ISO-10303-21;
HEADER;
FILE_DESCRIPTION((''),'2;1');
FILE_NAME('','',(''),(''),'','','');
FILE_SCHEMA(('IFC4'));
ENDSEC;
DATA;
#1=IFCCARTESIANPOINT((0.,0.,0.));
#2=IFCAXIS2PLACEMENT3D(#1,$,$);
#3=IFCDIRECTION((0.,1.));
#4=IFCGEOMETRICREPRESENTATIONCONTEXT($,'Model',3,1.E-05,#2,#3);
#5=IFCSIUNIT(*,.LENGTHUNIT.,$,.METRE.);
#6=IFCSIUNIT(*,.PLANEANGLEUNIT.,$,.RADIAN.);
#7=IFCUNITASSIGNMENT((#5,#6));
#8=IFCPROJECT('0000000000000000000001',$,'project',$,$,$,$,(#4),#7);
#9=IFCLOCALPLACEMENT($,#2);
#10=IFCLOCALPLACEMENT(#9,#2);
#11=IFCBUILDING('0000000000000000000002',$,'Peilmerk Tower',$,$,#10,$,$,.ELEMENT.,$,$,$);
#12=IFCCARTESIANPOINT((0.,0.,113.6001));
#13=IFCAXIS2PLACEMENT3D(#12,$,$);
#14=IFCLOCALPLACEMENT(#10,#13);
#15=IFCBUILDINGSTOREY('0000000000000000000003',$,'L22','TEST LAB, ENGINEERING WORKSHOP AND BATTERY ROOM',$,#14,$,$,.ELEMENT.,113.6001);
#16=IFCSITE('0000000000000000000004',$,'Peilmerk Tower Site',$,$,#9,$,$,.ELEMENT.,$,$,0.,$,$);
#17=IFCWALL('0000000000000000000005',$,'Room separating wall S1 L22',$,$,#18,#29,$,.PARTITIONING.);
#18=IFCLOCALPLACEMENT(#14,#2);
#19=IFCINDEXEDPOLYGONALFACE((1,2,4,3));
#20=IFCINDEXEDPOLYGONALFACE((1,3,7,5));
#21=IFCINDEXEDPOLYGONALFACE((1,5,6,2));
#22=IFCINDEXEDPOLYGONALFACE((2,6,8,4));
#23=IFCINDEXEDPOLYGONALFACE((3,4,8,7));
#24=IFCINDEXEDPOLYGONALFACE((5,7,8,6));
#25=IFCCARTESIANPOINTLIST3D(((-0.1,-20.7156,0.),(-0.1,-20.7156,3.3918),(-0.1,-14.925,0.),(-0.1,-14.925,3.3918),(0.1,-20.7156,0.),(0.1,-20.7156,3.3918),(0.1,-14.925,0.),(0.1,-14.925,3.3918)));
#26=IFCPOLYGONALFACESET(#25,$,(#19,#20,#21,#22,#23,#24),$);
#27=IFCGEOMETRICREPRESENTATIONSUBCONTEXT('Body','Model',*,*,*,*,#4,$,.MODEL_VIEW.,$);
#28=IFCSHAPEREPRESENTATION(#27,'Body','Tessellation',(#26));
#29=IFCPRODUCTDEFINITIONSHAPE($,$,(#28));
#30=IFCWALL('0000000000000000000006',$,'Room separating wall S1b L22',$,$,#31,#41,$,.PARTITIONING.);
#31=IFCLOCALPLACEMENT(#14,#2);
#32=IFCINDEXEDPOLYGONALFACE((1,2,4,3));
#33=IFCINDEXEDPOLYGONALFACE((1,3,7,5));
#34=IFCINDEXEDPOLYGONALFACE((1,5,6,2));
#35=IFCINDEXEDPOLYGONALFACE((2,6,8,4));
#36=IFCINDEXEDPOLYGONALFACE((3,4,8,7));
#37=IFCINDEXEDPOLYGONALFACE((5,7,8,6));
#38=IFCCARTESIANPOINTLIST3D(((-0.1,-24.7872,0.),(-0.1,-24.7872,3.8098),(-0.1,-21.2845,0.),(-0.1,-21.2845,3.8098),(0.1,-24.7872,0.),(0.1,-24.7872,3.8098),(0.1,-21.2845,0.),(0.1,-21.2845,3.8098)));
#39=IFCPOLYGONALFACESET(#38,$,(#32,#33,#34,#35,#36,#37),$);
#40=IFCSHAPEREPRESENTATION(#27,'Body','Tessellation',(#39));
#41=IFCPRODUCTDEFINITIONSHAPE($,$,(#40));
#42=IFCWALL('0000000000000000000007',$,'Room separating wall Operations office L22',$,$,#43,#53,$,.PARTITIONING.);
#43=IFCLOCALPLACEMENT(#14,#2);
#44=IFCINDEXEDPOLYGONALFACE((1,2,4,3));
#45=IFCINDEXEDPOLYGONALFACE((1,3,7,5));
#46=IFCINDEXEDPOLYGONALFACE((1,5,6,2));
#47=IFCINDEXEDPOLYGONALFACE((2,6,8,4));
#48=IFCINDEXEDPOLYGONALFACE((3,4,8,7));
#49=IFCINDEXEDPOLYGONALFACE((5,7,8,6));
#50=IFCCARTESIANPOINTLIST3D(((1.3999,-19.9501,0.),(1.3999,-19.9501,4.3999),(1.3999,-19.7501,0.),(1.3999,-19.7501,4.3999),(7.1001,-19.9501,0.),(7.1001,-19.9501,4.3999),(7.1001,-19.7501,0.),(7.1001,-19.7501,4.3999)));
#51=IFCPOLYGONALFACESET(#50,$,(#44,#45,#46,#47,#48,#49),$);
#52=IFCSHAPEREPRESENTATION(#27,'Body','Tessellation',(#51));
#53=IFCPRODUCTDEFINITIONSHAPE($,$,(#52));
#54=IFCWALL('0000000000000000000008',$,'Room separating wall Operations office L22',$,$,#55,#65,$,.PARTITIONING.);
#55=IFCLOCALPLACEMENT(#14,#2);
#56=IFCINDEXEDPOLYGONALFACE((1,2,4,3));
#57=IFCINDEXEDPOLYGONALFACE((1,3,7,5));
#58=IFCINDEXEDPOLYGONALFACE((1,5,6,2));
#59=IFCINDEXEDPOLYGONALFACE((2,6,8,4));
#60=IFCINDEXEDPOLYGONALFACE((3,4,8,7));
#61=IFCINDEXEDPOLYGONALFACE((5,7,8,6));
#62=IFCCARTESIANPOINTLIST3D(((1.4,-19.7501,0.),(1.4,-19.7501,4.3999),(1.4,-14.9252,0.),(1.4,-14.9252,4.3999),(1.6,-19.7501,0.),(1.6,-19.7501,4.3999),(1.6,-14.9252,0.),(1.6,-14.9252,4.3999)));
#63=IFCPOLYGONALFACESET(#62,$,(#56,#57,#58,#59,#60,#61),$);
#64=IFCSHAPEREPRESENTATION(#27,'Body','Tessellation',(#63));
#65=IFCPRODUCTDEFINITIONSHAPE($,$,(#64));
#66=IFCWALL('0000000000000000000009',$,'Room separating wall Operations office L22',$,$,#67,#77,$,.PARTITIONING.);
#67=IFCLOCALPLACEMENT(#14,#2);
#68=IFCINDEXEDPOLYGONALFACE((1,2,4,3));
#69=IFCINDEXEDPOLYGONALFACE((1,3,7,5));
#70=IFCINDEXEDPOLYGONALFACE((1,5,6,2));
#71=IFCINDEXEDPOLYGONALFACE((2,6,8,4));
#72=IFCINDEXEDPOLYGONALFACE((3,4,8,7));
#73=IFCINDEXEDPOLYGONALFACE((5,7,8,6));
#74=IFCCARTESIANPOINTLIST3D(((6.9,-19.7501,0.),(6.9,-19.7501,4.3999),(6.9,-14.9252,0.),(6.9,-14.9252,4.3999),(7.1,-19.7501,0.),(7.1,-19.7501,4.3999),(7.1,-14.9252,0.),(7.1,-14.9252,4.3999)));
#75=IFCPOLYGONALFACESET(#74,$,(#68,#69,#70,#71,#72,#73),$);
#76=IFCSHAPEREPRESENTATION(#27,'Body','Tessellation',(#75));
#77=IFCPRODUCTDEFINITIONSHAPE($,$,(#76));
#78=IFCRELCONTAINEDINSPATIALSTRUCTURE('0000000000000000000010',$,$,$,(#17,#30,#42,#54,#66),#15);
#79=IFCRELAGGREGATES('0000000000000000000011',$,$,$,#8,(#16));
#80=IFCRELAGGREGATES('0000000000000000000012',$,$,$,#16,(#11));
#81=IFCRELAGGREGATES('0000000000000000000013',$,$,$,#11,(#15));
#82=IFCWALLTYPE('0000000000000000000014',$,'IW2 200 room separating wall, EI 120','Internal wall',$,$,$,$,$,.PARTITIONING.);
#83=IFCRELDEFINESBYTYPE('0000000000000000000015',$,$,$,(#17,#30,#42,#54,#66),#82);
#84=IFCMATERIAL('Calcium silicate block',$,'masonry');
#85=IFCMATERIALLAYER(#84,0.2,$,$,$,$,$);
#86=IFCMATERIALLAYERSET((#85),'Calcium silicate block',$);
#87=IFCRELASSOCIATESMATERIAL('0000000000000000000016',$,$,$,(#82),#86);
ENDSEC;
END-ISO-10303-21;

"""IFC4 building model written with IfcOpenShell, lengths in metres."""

from ifc_helpers import new_model, si_unit, direction, frame, frame_2d, origin, place, context, subcontext, project, spatial, rectangle, extrude, material, layer, layer_set, type_object, element, save


model = new_model("IFC4")

# Units and contexts
model_context = context("Model", 3, precision=1e-05, world=origin(), true_north=direction((0.0, 1.0)))
body_context = subcontext(model_context, "Body", "Model", "MODEL_VIEW")
ifc_project = project(units=[si_unit("LENGTHUNIT", "METRE"), si_unit("PLANEANGLEUNIT", "RADIAN")], contexts=[model_context])

# Site, building, storey
site_placement = place(None, origin())
site = spatial("IfcSite", under=ifc_project, at=site_placement, Name="Peilmerk Tower Site", CompositionType="ELEMENT", RefElevation=0.0)
building_placement = place(site_placement, origin())
building = spatial("IfcBuilding", under=site, at=building_placement, Name="Peilmerk Tower", CompositionType="ELEMENT")
storey_placement = place(building_placement, frame((0.0, 0.0, 113.6001)))
storey = spatial("IfcBuildingStorey", under=building, at=storey_placement, Name="L22", Description="TEST LAB, ENGINEERING WORKSHOP AND BATTERY ROOM", CompositionType="ELEMENT", Elevation=113.6001)

# Walls
ifc_material_1 = material(Name="Calcium silicate block", Category="masonry")
ifc_layer = layer(ifc_material_1, 0.2)
ifc_layer_set = layer_set([ifc_layer], Name="Calcium silicate block")
wall_type = type_object("IfcWallType", Name="IW2 200 room separating wall, EI 120", Description="Internal wall", PredefinedType="PARTITIONING", material=ifc_layer_set)
wall_1_placement = place(storey_placement, frame((0.0, -14.925, 0.0), z_axis=(0.0, 0.0, 1.0), x_axis=(0.0, -1.0, 0.0)))
element("IfcWall", 1, at=wall_1_placement, inside=storey, type_object=wall_type, Name="Room separating wall S1 L22", PredefinedType="PARTITIONING", context=body_context, shape_type="SweptSolid", body=[
    extrude(rectangle(XDim=5.7905, YDim=0.2, at=frame_2d((2.8953, 0.0))), origin(), (0.0, 0.0, 1.0), 3.3918),
])
wall_2_placement = place(storey_placement, frame((0.0, -21.2844, 0.0), z_axis=(0.0, 0.0, 1.0), x_axis=(0.0, -1.0, 0.0)))
element("IfcWall", 2, at=wall_2_placement, inside=storey, type_object=wall_type, Name="Room separating wall S1b L22", PredefinedType="PARTITIONING", context=body_context, shape_type="SweptSolid", body=[
    extrude(rectangle(XDim=3.5027, YDim=0.2, at=frame_2d((1.7515, 0.0))), origin(), (0.0, 0.0, 1.0), 3.8098),
])
wall_3_placement = place(storey_placement, frame((1.3999, -19.8501, 0.0), z_axis=(0.0, 0.0, 1.0), x_axis=(1.0, 0.0, 0.0)))
element("IfcWall", 3, at=wall_3_placement, inside=storey, type_object=wall_type, Name="Room separating wall Operations office L22", PredefinedType="PARTITIONING", context=body_context, shape_type="SweptSolid", body=[
    extrude(rectangle(XDim=5.7002, YDim=0.2, at=frame_2d((2.8501, 0.0))), origin(), (0.0, 0.0, 1.0), 4.3999),
])
for number, where, z_axis, x_axis, name in (
    (4, (1.5, -14.925, 0.0), (0.0, 0.0, 1.0), (0.0, -1.0, 0.0), "Room separating wall Operations office L22"),
    (5, (7.0, -14.925, 0.0), (0.0, 0.0, 1.0), (0.0, -1.0, 0.0), "Room separating wall Operations office L22"),
):
    element("IfcWall", number, at=place(storey_placement, frame(where, z_axis=z_axis, x_axis=x_axis)), inside=storey, type_object=wall_type, Name=name, PredefinedType="PARTITIONING", context=body_context, shape_type="SweptSolid", body=[
        extrude(rectangle(XDim=4.825, YDim=0.2, at=frame_2d((2.4126, 0.0))), origin(), (0.0, 0.0, 1.0), 4.3999),
    ])

save(model, "model.ifc")
